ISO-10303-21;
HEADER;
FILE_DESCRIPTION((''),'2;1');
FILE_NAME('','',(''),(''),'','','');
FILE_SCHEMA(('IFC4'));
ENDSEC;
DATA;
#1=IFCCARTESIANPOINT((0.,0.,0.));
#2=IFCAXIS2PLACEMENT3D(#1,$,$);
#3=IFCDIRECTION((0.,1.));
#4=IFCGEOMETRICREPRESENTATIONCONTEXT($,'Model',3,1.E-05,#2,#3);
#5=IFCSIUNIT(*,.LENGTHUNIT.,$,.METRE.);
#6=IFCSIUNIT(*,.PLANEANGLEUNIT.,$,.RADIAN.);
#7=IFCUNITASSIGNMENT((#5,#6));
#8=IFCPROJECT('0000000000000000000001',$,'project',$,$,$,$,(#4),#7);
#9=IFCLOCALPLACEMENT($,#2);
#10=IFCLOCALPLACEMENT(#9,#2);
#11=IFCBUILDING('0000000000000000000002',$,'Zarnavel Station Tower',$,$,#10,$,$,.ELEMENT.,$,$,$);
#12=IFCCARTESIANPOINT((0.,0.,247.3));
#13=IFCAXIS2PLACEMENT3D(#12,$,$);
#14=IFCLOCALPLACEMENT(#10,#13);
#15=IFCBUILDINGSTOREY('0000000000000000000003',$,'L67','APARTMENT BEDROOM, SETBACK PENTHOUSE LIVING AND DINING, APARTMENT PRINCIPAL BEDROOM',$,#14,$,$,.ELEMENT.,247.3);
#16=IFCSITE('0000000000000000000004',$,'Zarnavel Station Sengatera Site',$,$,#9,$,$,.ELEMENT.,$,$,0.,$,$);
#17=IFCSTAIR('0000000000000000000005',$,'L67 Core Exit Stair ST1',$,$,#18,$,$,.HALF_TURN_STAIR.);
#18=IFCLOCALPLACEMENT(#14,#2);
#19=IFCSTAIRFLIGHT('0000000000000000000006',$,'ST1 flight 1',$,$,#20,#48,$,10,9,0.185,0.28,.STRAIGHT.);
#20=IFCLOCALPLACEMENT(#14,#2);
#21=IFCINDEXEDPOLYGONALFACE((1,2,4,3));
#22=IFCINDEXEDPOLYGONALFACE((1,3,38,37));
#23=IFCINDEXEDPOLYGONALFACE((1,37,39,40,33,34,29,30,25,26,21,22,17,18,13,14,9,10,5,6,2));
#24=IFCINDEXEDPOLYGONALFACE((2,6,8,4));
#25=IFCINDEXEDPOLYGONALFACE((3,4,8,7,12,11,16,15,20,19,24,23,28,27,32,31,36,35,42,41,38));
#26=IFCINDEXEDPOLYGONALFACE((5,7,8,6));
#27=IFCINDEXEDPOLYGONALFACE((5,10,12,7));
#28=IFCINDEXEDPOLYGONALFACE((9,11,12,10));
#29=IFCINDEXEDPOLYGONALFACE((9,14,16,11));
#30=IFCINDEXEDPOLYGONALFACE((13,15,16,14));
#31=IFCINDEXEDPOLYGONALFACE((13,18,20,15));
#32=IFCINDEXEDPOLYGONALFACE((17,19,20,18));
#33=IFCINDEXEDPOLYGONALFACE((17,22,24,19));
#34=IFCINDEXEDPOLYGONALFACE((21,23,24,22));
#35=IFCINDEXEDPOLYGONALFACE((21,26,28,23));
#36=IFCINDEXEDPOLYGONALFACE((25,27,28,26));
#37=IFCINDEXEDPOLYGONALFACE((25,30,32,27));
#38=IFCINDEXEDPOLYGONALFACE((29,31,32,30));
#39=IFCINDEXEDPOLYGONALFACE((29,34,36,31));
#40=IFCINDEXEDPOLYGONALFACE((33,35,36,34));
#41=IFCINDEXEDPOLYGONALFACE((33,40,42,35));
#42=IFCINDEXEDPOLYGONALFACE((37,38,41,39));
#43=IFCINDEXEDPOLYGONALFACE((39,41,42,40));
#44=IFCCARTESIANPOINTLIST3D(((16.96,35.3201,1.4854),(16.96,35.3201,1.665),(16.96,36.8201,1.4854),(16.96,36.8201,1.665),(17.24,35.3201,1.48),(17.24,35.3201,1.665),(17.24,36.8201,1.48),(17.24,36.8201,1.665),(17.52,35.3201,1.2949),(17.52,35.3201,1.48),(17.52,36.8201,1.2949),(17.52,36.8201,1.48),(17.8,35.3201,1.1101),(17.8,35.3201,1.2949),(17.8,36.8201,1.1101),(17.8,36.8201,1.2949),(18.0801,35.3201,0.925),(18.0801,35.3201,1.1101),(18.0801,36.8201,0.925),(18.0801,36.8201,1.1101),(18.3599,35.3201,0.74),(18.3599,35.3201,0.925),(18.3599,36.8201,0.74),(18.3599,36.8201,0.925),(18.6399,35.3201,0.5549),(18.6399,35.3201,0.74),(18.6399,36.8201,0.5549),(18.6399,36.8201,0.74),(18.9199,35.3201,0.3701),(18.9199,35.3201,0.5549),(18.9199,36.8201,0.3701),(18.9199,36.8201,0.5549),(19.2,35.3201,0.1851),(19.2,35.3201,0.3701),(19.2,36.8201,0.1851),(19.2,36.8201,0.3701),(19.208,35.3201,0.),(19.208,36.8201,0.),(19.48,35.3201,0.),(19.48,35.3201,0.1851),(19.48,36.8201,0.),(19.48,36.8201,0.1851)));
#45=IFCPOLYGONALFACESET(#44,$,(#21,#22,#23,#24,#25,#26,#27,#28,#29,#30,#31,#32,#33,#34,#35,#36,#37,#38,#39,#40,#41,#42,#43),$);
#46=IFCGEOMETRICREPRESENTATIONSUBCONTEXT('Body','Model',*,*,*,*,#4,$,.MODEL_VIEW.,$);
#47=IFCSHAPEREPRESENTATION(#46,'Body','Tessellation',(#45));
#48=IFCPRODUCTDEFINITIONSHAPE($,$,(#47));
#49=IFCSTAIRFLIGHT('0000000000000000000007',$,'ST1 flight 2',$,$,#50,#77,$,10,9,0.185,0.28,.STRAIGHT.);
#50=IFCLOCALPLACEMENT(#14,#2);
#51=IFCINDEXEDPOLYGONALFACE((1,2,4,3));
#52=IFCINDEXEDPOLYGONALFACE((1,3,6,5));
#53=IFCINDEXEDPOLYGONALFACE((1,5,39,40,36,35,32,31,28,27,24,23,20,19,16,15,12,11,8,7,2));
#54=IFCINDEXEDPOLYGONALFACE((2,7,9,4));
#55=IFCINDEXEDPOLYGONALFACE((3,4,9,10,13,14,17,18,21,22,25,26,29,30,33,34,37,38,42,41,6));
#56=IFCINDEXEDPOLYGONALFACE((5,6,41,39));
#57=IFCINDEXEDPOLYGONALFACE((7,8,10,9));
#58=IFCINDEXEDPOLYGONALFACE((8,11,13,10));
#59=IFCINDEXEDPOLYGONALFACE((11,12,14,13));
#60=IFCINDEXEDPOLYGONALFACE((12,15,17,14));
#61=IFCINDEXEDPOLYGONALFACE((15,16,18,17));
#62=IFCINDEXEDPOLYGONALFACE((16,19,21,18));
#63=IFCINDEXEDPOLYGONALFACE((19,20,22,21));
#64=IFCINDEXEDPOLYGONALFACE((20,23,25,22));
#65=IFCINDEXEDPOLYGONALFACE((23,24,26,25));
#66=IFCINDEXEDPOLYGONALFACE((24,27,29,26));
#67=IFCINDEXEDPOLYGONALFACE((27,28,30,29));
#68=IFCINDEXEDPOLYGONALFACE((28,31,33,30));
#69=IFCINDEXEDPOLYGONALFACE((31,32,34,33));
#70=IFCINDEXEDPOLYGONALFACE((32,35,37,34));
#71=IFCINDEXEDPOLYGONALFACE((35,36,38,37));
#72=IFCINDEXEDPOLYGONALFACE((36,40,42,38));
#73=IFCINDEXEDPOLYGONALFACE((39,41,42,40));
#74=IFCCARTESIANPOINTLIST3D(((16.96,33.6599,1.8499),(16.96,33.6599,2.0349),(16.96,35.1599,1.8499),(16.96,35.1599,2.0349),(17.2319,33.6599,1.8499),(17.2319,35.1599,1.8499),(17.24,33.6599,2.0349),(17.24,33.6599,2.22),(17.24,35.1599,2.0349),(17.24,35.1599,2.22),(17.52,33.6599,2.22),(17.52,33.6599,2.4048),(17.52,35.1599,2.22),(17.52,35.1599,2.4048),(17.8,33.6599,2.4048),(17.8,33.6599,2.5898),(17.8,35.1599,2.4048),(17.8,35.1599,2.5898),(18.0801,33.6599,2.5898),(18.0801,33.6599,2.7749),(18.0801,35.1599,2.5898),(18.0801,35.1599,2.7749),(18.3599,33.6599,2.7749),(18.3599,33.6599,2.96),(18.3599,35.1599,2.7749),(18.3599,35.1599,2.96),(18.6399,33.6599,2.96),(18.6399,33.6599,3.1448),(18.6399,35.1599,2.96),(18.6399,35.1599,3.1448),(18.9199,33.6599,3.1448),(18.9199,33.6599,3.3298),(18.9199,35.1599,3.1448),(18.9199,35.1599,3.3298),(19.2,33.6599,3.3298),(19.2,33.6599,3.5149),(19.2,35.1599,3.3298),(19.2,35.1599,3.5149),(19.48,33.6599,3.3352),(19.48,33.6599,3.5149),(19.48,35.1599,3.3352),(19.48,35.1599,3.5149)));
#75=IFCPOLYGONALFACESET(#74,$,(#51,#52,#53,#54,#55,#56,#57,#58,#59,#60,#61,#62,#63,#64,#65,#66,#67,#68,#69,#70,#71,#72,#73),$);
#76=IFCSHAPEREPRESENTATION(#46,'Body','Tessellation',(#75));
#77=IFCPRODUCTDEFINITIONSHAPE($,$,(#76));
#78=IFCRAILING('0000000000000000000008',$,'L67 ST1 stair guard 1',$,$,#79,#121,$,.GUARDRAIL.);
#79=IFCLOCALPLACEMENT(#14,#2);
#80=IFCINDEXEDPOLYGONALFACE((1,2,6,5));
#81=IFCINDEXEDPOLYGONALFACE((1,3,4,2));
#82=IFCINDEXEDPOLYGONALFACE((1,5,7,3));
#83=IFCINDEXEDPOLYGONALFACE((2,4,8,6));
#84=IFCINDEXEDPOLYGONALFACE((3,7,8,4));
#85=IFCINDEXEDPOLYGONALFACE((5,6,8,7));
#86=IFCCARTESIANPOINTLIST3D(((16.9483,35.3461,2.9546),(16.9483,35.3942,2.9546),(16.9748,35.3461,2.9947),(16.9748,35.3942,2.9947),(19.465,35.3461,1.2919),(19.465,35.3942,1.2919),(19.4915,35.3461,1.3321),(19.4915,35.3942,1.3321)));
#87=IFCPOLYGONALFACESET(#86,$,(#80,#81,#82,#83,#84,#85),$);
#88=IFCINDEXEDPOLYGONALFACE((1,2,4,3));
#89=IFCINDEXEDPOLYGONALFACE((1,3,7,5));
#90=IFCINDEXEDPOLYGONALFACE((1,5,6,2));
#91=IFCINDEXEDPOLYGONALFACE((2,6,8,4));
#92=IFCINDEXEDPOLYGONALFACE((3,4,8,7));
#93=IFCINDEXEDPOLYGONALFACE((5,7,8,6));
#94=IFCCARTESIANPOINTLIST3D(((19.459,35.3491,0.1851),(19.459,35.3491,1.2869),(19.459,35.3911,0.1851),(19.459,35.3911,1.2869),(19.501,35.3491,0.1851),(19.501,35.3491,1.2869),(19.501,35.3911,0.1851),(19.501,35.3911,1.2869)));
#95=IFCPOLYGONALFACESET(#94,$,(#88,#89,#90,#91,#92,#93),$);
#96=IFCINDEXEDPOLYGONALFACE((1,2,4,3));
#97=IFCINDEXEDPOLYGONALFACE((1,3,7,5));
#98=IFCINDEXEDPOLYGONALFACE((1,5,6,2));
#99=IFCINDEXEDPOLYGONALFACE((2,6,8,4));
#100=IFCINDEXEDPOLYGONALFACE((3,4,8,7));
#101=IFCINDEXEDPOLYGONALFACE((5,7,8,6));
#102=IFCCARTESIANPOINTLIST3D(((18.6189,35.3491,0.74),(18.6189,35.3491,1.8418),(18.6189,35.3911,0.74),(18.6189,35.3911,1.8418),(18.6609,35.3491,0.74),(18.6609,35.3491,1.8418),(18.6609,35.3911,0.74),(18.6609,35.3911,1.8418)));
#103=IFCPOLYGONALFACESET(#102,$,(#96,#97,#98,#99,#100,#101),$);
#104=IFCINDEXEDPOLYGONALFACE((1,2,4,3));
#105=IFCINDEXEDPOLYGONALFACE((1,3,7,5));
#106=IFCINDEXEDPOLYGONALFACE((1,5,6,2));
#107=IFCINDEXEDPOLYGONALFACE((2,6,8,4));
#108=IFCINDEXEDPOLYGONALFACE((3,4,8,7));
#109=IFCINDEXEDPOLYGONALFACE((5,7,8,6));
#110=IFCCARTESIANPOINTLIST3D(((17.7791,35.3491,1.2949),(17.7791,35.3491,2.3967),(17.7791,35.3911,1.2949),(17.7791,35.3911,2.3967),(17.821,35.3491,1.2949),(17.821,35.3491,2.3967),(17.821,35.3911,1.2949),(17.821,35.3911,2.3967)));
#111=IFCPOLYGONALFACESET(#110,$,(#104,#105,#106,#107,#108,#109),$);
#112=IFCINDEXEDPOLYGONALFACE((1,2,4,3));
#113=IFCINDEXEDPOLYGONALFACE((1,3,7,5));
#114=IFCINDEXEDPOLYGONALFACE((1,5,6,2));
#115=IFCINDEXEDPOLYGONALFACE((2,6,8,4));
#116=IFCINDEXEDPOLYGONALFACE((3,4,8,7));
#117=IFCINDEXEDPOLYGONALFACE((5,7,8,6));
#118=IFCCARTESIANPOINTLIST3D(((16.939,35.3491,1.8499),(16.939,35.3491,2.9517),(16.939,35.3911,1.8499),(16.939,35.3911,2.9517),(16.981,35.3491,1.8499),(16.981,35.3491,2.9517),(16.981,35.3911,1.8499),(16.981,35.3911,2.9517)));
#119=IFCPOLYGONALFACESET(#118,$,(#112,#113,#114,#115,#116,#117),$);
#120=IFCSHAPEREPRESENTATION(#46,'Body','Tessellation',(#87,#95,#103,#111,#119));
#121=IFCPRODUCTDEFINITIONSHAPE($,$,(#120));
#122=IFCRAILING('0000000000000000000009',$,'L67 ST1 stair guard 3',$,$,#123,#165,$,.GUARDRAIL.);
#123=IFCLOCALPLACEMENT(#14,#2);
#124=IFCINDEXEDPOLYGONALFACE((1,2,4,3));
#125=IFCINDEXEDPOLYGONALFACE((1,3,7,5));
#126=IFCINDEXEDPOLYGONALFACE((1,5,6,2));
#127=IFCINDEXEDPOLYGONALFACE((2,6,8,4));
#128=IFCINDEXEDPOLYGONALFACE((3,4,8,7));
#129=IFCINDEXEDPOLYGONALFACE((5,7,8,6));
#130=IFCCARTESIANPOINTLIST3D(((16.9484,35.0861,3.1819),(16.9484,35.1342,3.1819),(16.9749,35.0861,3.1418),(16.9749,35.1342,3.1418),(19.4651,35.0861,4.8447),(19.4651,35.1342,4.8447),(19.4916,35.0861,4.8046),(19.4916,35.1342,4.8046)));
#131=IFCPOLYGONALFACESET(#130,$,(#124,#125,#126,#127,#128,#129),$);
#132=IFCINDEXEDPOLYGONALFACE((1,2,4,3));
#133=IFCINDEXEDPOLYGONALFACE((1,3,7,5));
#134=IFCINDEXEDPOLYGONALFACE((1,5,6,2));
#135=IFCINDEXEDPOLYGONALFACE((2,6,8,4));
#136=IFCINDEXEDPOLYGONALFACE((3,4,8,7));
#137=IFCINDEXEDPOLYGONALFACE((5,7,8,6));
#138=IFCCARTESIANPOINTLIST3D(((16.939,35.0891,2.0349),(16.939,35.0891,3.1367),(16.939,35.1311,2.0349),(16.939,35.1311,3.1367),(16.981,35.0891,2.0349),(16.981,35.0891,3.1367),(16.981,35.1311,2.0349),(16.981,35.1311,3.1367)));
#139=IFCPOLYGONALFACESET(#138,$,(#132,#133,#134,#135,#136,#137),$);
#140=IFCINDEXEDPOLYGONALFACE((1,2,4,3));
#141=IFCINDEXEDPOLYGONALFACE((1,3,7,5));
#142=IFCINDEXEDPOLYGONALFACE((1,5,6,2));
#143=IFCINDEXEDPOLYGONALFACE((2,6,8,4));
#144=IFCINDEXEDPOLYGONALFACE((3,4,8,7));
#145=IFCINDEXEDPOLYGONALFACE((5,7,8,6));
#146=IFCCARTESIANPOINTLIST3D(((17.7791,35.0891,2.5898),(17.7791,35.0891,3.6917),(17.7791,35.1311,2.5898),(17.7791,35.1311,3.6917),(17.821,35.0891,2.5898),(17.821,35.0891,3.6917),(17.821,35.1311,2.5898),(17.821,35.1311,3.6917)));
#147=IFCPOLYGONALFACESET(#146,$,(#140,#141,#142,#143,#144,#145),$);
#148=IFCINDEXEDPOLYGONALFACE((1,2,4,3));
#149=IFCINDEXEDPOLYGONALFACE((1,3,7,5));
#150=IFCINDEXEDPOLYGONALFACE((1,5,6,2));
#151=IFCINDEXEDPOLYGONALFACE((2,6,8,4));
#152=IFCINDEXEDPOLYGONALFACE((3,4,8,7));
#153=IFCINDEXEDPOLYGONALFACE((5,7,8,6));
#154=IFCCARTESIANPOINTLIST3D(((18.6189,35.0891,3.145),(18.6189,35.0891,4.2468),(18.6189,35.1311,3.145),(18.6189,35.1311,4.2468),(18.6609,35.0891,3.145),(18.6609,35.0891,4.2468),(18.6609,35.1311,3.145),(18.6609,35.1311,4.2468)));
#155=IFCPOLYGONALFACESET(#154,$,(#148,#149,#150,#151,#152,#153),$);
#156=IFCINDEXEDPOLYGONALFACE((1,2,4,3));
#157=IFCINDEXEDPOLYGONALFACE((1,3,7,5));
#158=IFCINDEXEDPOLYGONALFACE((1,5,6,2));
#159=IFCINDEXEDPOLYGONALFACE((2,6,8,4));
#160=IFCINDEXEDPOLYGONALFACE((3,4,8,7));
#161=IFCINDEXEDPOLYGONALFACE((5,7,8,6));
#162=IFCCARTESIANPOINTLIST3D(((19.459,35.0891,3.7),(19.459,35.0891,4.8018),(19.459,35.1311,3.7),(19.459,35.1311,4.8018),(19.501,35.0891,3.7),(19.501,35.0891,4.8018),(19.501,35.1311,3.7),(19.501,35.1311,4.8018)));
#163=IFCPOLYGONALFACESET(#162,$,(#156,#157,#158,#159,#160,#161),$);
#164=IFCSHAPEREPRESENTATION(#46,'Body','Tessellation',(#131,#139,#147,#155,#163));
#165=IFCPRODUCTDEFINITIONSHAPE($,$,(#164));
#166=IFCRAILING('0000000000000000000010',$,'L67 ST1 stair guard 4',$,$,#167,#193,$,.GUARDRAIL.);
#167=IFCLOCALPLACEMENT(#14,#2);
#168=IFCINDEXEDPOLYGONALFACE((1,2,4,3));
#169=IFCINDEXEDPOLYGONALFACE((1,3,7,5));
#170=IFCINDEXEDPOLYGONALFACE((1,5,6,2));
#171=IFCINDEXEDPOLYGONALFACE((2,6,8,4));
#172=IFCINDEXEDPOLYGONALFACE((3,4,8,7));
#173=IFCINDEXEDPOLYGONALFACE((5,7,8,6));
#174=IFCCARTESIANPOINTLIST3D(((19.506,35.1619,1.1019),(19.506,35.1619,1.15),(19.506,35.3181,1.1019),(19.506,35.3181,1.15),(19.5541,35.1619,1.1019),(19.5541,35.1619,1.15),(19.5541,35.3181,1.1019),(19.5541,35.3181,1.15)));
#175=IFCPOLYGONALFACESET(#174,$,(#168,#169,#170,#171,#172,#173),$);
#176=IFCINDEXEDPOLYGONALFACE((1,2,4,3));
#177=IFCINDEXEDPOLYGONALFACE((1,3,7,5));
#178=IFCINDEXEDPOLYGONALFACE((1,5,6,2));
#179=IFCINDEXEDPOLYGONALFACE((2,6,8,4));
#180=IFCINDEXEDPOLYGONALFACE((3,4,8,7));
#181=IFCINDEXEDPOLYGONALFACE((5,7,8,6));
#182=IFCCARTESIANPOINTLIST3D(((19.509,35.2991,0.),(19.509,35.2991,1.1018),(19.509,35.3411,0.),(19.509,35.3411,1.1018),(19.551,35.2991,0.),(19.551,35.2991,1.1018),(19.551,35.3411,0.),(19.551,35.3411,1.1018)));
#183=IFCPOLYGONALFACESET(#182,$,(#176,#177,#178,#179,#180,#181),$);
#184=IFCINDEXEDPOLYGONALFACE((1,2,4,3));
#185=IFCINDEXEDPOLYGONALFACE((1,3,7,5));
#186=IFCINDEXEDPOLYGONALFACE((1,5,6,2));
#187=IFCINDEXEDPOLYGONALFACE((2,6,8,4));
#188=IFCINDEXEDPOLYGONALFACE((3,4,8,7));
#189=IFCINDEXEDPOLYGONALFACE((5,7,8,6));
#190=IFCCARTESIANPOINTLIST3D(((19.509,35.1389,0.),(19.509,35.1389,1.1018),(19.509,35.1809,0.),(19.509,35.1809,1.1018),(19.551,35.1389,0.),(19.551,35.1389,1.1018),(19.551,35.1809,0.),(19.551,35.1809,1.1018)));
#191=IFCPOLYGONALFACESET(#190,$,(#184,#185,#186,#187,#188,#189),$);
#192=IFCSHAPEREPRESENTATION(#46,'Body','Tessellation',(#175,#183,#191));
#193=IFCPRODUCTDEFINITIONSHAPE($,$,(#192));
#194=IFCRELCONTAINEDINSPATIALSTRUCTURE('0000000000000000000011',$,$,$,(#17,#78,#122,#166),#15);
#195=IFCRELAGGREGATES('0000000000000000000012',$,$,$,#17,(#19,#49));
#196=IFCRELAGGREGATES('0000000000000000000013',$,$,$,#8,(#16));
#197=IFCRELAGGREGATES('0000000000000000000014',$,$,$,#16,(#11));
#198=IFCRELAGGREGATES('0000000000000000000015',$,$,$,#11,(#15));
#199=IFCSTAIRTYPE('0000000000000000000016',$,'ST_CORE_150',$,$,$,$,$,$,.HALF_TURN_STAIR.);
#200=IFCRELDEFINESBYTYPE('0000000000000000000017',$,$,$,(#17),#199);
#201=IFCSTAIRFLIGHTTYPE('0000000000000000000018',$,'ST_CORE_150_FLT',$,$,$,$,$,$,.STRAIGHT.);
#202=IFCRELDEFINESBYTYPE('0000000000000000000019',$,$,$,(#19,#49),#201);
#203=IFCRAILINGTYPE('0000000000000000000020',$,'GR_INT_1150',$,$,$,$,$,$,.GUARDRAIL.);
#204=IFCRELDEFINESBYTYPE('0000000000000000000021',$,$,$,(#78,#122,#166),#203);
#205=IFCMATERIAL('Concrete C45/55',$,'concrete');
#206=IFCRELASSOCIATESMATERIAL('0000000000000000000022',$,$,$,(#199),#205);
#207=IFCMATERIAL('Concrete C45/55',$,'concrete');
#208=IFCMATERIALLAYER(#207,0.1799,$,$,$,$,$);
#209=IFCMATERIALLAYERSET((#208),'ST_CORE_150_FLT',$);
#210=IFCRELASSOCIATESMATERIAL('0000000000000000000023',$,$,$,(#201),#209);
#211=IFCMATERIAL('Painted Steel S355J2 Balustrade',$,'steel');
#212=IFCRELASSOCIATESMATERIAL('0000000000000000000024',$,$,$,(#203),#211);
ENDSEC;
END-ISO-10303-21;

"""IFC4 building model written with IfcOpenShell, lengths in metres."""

from ifc_helpers import new_model, si_unit, direction, frame, origin, origin_2d, place, context, subcontext, project, spatial, polyline, rectangle, outline, extrude, material, layer, layer_set, type_object, element, aggregate, save


model = new_model("IFC4")

# Units and contexts
model_context = context("Model", 3, precision=1e-05, world=origin(), true_north=direction((0.0, 1.0)))
body_context = subcontext(model_context, "Body", "Model", "MODEL_VIEW")
ifc_project = project(units=[si_unit("LENGTHUNIT", "METRE"), si_unit("PLANEANGLEUNIT", "RADIAN")], contexts=[model_context])

# Site, building, storey
site_placement = place(None, origin())
site = spatial("IfcSite", under=ifc_project, at=site_placement, Name="Zarnavel Station Sengatera Site", CompositionType="ELEMENT", RefElevation=0.0)
building_placement = place(site_placement, origin())
building = spatial("IfcBuilding", under=site, at=building_placement, Name="Zarnavel Station Tower", CompositionType="ELEMENT")
storey_placement = place(building_placement, frame((0.0, 0.0, 247.3)))
storey = spatial("IfcBuildingStorey", under=building, at=storey_placement, Name="L67", Description="APARTMENT BEDROOM, SETBACK PENTHOUSE LIVING AND DINING, APARTMENT PRINCIPAL BEDROOM", CompositionType="ELEMENT", Elevation=247.3)

# Stair, stair flights
ifc_material_1 = material(Name="Concrete C45/55", Category="concrete")
stair_type = type_object("IfcStairType", Name="ST_CORE_150", PredefinedType="HALF_TURN_STAIR", material=ifc_material_1)
stair_placement = place(storey_placement, origin())
stair = element("IfcStair", 1, at=stair_placement, inside=storey, type_object=stair_type, Name="L67 Core Exit Stair ST1", PredefinedType="HALF_TURN_STAIR")
ifc_material_2 = material(Name="Concrete C45/55", Category="concrete")
ifc_layer_1 = layer(ifc_material_2, 0.1799)
ifc_layer_set_1 = layer_set([ifc_layer_1], Name="ST_CORE_150_FLT")
stair_flight_type = type_object("IfcStairFlightType", Name="ST_CORE_150_FLT", PredefinedType="STRAIGHT", material=ifc_layer_set_1)
stair_flight_1_placement = place(storey_placement, frame((19.48, 36.0701, 0.0), z_axis=(0.0, 0.0, 1.0), x_axis=(-1.0, 0.0, 0.0)))
stair_flight_1 = element("IfcStairFlight", 2, at=stair_flight_1_placement, type_object=stair_flight_type, Name="ST1 flight 1", NumberOfRisers=10, NumberOfTreads=9, PredefinedType="STRAIGHT", RiserHeight=0.185, TreadLength=0.28, context=body_context, shape_type="SweptSolid", body=[
    extrude(outline(polyline([(0.0, 0.0), (0.0, 0.1851), (0.28, 0.1851), (0.28, 0.3701), (0.5601, 0.3701), (0.5601, 0.5549), (0.8401, 0.5549), (0.8401, 0.74), (1.1201, 0.74), (1.1201, 0.925), (1.3999, 0.925), (1.3999, 1.1101), (1.6799, 1.1101), (1.6799, 1.2949), (1.96, 1.2949), (1.96, 1.48), (2.24, 1.48), (2.24, 1.665), (2.52, 1.665), (2.52, 1.8501), (2.52, 1.4854), (0.272, 0.0), (0.0, 0.0)])), frame((0.0, 0.75, 0.0), z_axis=(0.0, -1.0, 0.0), x_axis=(1.0, 0.0, 0.0)), (0.0, 0.0, 1.0), 1.5),
])
stair_flight_2_placement = place(storey_placement, frame((16.96, 34.4099, 1.8499), z_axis=(0.0, 0.0, 1.0), x_axis=(1.0, 0.0, 0.0)))
stair_flight_2 = element("IfcStairFlight", 3, at=stair_flight_2_placement, type_object=stair_flight_type, Name="ST1 flight 2", NumberOfRisers=10, NumberOfTreads=9, PredefinedType="STRAIGHT", RiserHeight=0.185, TreadLength=0.28, context=body_context, shape_type="SweptSolid", body=[
    extrude(outline(polyline([(0.0, 0.0), (0.0, 0.1851), (0.28, 0.1851), (0.28, 0.3701), (0.5601, 0.3701), (0.5601, 0.5549), (0.8401, 0.5549), (0.8401, 0.74), (1.1201, 0.74), (1.1201, 0.925), (1.3999, 0.925), (1.3999, 1.1101), (1.6799, 1.1101), (1.6799, 1.2949), (1.96, 1.2949), (1.96, 1.48), (2.24, 1.48), (2.24, 1.665), (2.52, 1.665), (2.52, 1.8501), (2.52, 1.4854), (0.272, 0.0), (0.0, 0.0)])), frame((0.0, 0.75, 0.0), z_axis=(0.0, -1.0, 0.0), x_axis=(1.0, 0.0, 0.0)), (0.0, 0.0, 1.0), 1.5),
])
aggregate(stair, [stair_flight_1, stair_flight_2])

# Railings
ifc_material_3 = material(Name="Painted Steel S355J2 Balustrade", Category="steel")
railing_type_1 = type_object("IfcRailingType", Name="GR_INT_1150", PredefinedType="GUARDRAIL", material=ifc_material_3)
railing_1_placement = place(storey_placement, frame((19.48, 35.3701, 0.1851)))
element("IfcRailing", 4, at=railing_1_placement, inside=storey, type_object=railing_type_1, Name="L67 ST1 stair guard 1", PredefinedType="GUARDRAIL", context=body_context, shape_type="SweptSolid", body=[
    extrude(rectangle(XDim=0.0481, YDim=0.0481, at=origin_2d()), frame((-0.0017, 0.0, 1.127), z_axis=(-0.834369, 0.0, 0.551207), x_axis=(0.0, -1.0, 0.0)), (0.0, 0.0, 1.0), 3.0164),
    extrude(rectangle(XDim=0.042, YDim=0.042, at=origin_2d()), origin(), (0.0, 0.0, 1.0), 1.1018),
    extrude(rectangle(XDim=0.042, YDim=0.042, at=origin_2d()), frame((-0.8401, 0.0, 0.5549)), (0.0, 0.0, 1.0), 1.1018),
    extrude(rectangle(XDim=0.042, YDim=0.042, at=origin_2d()), frame((-1.6799, 0.0, 1.1099)), (0.0, 0.0, 1.0), 1.1018),
    extrude(rectangle(XDim=0.042, YDim=0.042, at=origin_2d()), frame((-2.52, 0.0, 1.6648)), (0.0, 0.0, 1.0), 1.1018),
])
railing_2_placement = place(storey_placement, frame((16.96, 35.1101, 2.0349)))
element("IfcRailing", 5, at=railing_2_placement, inside=storey, type_object=railing_type_1, Name="L67 ST1 stair guard 3", PredefinedType="GUARDRAIL", context=body_context, shape_type="SweptSolid", body=[
    extrude(rectangle(XDim=0.0481, YDim=0.0481, at=origin_2d()), frame((0.0017, 0.0, 1.127), z_axis=(0.834331, 0.0, 0.551263), x_axis=(0.0, 1.0, 0.0)), (0.0, 0.0, 1.0), 3.0164),
    extrude(rectangle(XDim=0.042, YDim=0.042, at=origin_2d()), origin(), (0.0, 0.0, 1.0), 1.1018),
    extrude(rectangle(XDim=0.042, YDim=0.042, at=origin_2d()), frame((0.8401, 0.0, 0.5549)), (0.0, 0.0, 1.0), 1.1018),
    extrude(rectangle(XDim=0.042, YDim=0.042, at=origin_2d()), frame((1.6799, 0.0, 1.1101)), (0.0, 0.0, 1.0), 1.1018),
    extrude(rectangle(XDim=0.042, YDim=0.042, at=origin_2d()), frame((2.52, 0.0, 1.665)), (0.0, 0.0, 1.0), 1.1018),
])
railing_3_placement = place(storey_placement, frame((19.53, 35.3201, 0.0)))
element("IfcRailing", 6, at=railing_3_placement, inside=storey, type_object=railing_type_1, Name="L67 ST1 stair guard 4", PredefinedType="GUARDRAIL", context=body_context, shape_type="SweptSolid", body=[
    extrude(rectangle(XDim=0.0481, YDim=0.0481, at=origin_2d()), frame((0.0, -0.002, 1.126), z_axis=(0.0, -1.0, 0.0), x_axis=(1.0, 0.0, 0.0)), (0.0, 0.0, 1.0), 0.1562),
    extrude(rectangle(XDim=0.042, YDim=0.042, at=origin_2d()), origin(), (0.0, 0.0, 1.0), 1.1018),
    extrude(rectangle(XDim=0.042, YDim=0.042, at=origin_2d()), frame((0.0, -0.1602, 0.0)), (0.0, 0.0, 1.0), 1.1018),
])

save(model, "model.ifc")
